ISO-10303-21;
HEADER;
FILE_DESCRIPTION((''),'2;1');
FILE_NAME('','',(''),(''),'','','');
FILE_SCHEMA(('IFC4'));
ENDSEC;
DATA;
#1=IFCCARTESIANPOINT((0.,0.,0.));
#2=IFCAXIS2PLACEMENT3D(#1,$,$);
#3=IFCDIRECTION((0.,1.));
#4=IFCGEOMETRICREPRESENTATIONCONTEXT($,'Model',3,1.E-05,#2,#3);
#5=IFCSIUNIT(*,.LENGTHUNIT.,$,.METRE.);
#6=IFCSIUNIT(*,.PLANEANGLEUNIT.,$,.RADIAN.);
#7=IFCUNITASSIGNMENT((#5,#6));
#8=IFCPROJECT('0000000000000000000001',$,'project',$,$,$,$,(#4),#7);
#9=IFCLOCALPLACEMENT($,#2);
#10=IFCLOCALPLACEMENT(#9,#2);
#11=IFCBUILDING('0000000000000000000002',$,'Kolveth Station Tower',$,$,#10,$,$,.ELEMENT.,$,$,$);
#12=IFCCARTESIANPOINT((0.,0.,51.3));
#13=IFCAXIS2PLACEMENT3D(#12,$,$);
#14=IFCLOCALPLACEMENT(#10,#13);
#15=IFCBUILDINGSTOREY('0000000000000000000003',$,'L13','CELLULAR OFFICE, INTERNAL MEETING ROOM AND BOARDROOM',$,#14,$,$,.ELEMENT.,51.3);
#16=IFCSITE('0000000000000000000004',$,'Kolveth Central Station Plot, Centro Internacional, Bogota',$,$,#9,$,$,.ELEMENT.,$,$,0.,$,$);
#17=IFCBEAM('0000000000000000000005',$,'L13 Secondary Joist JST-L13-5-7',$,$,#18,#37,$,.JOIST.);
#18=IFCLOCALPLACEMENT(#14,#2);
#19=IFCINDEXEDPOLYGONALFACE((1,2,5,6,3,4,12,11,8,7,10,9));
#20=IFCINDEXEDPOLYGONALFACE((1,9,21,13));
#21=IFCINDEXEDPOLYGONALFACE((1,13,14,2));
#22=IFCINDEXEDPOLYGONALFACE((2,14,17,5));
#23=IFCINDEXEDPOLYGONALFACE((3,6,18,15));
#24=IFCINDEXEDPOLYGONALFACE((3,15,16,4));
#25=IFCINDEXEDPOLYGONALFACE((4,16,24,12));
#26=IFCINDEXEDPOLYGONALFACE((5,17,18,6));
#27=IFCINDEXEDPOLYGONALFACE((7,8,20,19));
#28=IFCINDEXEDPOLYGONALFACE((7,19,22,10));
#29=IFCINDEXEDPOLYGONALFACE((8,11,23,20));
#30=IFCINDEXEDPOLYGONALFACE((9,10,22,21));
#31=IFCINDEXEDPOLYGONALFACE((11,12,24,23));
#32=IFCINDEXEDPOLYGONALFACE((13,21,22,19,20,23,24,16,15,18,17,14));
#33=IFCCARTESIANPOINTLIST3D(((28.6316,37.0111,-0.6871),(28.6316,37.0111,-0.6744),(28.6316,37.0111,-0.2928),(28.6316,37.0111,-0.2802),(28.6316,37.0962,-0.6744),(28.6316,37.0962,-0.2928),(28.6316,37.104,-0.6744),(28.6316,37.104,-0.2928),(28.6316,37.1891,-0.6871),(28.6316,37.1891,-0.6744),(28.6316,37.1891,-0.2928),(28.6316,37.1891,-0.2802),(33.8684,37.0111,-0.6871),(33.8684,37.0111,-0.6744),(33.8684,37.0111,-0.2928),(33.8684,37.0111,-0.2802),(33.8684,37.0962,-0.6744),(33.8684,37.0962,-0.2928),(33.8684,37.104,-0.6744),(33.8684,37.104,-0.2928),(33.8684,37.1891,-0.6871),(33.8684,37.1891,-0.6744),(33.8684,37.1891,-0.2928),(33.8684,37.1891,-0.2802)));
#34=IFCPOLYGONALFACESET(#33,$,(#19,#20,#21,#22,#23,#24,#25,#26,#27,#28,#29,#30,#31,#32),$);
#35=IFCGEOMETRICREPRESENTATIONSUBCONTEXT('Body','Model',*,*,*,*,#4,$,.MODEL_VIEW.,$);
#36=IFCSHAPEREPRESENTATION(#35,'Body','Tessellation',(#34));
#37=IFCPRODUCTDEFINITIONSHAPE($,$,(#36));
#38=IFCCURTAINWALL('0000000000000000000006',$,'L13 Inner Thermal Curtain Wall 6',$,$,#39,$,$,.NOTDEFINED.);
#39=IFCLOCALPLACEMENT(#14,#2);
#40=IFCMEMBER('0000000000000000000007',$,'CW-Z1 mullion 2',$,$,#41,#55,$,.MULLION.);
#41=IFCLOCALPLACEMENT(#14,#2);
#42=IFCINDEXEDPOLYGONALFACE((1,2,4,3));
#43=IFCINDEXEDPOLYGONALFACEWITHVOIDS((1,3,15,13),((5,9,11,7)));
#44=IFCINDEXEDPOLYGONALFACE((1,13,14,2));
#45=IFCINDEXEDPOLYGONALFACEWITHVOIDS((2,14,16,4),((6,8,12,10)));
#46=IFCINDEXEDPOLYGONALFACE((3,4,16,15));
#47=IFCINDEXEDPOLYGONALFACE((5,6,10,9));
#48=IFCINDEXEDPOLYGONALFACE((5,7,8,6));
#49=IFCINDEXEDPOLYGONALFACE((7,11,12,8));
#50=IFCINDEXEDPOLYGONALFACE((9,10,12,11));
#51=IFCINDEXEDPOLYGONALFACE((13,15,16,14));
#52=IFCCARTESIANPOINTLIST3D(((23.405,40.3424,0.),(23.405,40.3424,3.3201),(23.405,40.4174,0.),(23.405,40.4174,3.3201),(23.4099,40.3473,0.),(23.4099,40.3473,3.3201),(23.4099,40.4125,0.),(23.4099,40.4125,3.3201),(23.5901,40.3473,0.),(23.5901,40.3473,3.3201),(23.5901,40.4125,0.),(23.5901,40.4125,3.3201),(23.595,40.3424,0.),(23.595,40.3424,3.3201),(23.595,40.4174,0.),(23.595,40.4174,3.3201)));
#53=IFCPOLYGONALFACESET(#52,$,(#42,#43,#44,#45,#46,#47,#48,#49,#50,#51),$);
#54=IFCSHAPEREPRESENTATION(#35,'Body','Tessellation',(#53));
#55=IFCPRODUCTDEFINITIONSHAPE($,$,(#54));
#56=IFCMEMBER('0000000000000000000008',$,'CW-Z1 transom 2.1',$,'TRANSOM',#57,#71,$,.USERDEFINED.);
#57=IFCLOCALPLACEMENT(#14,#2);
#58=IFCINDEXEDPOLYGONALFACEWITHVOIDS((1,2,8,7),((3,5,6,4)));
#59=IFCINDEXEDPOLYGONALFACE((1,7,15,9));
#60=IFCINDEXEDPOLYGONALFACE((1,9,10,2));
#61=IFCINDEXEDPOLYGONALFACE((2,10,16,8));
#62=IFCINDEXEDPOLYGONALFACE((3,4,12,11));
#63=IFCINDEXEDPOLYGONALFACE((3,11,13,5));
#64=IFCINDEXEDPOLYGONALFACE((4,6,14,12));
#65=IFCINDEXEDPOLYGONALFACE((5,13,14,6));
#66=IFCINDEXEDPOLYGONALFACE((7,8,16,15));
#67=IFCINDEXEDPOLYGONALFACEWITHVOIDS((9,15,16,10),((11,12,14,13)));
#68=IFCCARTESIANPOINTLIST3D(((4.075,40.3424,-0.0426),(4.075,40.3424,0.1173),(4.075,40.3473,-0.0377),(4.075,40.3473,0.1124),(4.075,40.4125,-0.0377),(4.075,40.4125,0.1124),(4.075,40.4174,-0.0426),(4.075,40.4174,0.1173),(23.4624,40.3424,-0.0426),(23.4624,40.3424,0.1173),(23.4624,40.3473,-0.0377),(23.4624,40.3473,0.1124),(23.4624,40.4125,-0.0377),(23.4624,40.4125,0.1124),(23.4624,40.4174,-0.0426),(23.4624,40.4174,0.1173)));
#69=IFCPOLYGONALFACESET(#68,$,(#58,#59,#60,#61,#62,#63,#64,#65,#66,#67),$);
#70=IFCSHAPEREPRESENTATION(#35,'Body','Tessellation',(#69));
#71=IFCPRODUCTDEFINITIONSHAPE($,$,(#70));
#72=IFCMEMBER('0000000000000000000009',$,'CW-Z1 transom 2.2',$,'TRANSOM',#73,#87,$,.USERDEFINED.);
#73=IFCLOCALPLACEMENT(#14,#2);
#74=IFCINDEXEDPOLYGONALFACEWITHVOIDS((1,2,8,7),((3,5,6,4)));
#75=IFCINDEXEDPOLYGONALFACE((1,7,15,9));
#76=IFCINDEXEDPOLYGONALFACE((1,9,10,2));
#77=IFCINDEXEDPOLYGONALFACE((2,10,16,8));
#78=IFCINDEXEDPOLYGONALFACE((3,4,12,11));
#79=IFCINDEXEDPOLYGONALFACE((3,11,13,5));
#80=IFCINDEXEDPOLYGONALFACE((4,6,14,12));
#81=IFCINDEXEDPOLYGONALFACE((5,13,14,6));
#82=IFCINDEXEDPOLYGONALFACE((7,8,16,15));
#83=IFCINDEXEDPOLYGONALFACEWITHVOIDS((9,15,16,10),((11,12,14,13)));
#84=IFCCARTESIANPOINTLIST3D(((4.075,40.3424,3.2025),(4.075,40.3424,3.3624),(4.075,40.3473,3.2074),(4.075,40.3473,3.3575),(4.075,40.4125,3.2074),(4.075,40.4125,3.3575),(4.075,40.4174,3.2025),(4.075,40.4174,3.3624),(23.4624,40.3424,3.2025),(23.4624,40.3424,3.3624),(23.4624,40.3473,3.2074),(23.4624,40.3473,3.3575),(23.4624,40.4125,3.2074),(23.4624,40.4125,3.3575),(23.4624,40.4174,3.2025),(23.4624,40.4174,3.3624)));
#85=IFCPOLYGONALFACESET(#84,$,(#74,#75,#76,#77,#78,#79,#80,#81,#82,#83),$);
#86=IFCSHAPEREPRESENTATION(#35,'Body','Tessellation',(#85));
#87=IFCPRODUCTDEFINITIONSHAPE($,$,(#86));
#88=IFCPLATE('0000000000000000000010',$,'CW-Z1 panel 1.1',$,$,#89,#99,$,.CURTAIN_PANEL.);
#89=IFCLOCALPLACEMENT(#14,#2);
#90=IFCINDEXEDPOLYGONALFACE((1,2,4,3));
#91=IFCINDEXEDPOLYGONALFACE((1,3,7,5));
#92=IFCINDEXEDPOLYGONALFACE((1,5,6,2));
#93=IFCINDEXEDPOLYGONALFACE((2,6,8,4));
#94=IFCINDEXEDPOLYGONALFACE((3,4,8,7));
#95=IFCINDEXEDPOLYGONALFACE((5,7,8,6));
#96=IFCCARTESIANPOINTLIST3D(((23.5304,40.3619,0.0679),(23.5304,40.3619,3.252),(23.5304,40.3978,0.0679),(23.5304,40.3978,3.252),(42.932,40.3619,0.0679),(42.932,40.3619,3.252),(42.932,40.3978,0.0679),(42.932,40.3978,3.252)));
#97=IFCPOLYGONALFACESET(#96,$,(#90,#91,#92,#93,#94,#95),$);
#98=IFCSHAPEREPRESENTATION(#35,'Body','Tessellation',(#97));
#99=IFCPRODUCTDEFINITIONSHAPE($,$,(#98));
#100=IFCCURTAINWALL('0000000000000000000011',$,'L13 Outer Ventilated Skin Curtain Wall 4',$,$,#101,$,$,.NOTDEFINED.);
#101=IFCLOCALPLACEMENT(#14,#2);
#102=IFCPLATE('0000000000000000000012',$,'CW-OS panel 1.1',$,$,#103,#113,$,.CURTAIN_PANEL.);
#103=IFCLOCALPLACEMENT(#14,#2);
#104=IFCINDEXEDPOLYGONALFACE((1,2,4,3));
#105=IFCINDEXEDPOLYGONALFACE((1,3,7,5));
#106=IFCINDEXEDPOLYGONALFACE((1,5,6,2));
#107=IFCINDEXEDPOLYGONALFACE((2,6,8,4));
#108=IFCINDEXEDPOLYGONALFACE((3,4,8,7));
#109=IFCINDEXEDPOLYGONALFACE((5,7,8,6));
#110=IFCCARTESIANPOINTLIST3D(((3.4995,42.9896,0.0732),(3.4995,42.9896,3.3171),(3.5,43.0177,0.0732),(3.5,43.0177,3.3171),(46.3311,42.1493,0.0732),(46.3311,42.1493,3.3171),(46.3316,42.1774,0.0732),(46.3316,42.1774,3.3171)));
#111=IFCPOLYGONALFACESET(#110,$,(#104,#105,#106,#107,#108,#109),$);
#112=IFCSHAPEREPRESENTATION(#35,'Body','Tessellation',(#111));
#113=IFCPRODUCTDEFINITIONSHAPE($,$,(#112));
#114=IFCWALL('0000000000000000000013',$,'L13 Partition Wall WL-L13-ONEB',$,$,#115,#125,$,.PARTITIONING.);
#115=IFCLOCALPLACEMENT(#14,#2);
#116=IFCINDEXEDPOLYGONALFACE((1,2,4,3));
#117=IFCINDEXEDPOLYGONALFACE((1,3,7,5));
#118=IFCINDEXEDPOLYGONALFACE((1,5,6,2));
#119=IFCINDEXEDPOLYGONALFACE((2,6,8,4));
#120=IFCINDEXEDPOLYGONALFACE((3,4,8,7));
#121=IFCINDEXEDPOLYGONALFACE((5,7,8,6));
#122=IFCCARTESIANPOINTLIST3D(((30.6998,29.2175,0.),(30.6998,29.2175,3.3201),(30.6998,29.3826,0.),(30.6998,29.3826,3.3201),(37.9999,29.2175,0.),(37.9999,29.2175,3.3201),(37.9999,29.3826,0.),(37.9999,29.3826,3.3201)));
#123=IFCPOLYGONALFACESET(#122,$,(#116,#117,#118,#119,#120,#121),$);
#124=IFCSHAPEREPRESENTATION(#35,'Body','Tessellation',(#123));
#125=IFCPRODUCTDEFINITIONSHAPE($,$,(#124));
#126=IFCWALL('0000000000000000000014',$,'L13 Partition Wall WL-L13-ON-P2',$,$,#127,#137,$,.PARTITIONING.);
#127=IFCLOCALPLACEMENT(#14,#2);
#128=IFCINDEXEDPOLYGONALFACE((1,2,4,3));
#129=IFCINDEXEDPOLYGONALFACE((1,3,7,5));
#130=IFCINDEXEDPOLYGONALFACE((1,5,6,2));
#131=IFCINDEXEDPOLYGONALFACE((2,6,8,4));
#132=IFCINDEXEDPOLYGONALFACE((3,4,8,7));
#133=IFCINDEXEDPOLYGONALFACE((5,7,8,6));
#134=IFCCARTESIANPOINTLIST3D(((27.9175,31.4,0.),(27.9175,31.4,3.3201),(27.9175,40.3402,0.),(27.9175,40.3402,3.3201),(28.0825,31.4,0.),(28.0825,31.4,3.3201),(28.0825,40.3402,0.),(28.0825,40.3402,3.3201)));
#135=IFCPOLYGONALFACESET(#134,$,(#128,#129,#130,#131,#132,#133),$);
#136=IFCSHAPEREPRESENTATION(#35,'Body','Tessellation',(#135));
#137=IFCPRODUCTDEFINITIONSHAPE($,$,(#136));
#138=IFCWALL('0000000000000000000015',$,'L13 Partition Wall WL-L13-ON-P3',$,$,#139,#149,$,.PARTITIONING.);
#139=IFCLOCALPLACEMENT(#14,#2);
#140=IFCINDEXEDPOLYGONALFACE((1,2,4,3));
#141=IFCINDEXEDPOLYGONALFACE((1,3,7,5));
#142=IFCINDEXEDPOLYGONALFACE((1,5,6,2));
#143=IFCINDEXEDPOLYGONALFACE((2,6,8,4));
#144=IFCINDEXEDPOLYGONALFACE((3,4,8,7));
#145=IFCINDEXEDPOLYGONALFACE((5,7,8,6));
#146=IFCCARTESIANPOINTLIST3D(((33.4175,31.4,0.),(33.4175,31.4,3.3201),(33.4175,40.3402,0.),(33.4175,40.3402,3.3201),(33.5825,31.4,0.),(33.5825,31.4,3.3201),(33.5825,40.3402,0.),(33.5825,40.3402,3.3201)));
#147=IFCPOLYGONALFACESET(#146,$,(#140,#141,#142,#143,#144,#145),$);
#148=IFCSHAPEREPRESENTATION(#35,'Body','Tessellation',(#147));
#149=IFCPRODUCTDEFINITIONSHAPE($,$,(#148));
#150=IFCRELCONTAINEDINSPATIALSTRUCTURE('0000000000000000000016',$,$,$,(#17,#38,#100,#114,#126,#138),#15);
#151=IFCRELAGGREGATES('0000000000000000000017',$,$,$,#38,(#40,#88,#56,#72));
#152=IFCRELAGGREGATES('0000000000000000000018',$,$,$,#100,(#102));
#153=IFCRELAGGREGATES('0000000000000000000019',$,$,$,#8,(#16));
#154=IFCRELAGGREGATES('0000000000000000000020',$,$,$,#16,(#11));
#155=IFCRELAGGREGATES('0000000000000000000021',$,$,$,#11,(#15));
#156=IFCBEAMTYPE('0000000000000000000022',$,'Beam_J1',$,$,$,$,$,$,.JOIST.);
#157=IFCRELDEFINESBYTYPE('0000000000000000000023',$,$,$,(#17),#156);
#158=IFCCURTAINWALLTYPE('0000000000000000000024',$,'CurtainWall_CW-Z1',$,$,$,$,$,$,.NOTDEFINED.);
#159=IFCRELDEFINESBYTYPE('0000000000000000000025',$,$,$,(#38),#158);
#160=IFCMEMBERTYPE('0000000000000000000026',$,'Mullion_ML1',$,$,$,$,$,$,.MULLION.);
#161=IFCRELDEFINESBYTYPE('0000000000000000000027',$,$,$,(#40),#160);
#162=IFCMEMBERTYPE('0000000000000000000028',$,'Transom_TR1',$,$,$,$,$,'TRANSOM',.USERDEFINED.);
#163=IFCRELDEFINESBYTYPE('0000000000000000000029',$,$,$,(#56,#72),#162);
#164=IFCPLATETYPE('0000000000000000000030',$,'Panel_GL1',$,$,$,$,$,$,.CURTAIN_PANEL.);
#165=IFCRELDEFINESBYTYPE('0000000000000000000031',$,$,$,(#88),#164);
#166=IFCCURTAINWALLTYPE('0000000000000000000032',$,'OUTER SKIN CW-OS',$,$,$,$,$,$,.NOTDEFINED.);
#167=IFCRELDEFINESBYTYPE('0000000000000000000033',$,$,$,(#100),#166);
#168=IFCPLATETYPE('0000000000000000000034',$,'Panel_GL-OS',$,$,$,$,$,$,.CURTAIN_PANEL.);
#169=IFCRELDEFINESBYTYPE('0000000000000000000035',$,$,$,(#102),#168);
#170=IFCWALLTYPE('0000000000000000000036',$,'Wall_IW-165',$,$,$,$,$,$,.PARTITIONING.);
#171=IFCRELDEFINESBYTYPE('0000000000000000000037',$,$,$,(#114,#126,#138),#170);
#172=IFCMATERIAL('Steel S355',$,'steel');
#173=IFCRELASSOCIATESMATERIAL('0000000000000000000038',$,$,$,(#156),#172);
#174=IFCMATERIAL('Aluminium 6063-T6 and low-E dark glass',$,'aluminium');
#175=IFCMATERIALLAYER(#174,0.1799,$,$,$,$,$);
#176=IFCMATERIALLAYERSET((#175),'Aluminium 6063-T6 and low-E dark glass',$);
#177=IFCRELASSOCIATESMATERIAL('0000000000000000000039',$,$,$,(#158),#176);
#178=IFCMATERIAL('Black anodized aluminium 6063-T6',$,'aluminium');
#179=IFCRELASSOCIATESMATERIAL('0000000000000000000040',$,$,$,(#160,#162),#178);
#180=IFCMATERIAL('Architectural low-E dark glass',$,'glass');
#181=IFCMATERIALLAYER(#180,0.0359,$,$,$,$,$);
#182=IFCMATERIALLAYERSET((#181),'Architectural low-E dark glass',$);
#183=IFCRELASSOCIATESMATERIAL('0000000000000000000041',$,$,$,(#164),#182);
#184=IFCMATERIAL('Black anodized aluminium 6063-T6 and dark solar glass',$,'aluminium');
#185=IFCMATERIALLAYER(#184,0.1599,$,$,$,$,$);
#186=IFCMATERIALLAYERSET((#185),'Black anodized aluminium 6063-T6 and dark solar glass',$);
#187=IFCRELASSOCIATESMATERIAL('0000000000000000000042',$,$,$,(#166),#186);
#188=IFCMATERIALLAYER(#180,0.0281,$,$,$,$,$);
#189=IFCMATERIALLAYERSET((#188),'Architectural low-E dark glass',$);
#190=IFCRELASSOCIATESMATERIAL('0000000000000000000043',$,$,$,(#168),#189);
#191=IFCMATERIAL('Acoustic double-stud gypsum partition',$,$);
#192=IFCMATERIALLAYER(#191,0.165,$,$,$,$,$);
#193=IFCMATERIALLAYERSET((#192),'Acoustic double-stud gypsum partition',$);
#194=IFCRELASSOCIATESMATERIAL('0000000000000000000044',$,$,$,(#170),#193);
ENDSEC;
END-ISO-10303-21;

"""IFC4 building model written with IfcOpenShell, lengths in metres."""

from ifc_helpers import new_model, si_unit, direction, frame, frame_2d, origin, origin_2d, place, context, subcontext, project, spatial, rectangle, hollow_rectangle, i_section, extrude, source, transform, mapped, material, layer, layer_set, material_profile, profile_set, type_object, element, aggregate, save


model = new_model("IFC4")

# Units and contexts
model_context = context("Model", 3, precision=1e-05, world=origin(), true_north=direction((0.0, 1.0)))
body_context = subcontext(model_context, "Body", "Model", "MODEL_VIEW")
ifc_project = project(units=[si_unit("LENGTHUNIT", "METRE"), si_unit("PLANEANGLEUNIT", "RADIAN")], contexts=[model_context])

# Site, building, storey
site_placement = place(None, origin())
site = spatial("IfcSite", under=ifc_project, at=site_placement, Name="Kolveth Central Station Plot, Centro Internacional, Bogota", CompositionType="ELEMENT", RefElevation=0.0)
building_placement = place(site_placement, origin())
building = spatial("IfcBuilding", under=site, at=building_placement, Name="Kolveth Station Tower", CompositionType="ELEMENT")
storey_placement = place(building_placement, frame((0.0, 0.0, 51.3)))
storey = spatial("IfcBuildingStorey", under=building, at=storey_placement, Name="L13", Description="CELLULAR OFFICE, INTERNAL MEETING ROOM AND BOARDROOM", CompositionType="ELEMENT", Elevation=51.3)

# Shared definitions
ifc_material_1 = material(Name="Steel S355", Category="steel")

# Beam
ifc_material_profile_1 = material_profile(ifc_material_1, i_section(OverallWidth=0.178, OverallDepth=0.407, WebThickness=0.0078, FlangeThickness=0.0127, at=origin_2d()), Name="W410x60")
ifc_profile_set_1 = profile_set([ifc_material_profile_1], Name="Steel S355")
beam_type_1 = type_object("IfcBeamType", Name="Beam_J1", PredefinedType="JOIST", material=ifc_profile_set_1)
shared_shape_1 = source(origin(), body_context, "Body", "SweptSolid", [
    extrude(i_section(OverallWidth=0.178, OverallDepth=0.407, WebThickness=0.0078, FlangeThickness=0.0127, at=origin_2d()), origin(), (0.0, 0.0, 1.0), 5.2368),
])
for number, where, z_axis, x_axis, name in (
    (1, (28.6316, 37.1001, -0.4836), (1.0, 0.0, 0.0), (0.0, 1.0, 0.0), "L13 Secondary Joist JST-L13-5-7"),
):
    element("IfcBeam", number, at=place(storey_placement, frame(where, z_axis=z_axis, x_axis=x_axis)), inside=storey, type_object=beam_type_1, Name=name, PredefinedType="JOIST", context=body_context, shape_type="MappedRepresentation", body=[
        mapped(shared_shape_1, transform((0.0, 0.0, 0.0), x_axis=(1.0, 0.0, 0.0), y_axis=(0.0, 1.0, 0.0), z_axis=(0.0, 0.0, 1.0), scale=1.0)),
    ])

# Curtain wall, members, plate
ifc_material_2 = material(Name="Aluminium 6063-T6 and low-E dark glass", Category="aluminium")
ifc_layer_1 = layer(ifc_material_2, 0.1799)
ifc_layer_set_1 = layer_set([ifc_layer_1], Name="Aluminium 6063-T6 and low-E dark glass")
curtain_wall_type_1 = type_object("IfcCurtainWallType", Name="CurtainWall_CW-Z1", PredefinedType="NOTDEFINED", material=ifc_layer_set_1)
curtain_wall_1_placement = place(storey_placement, origin())
curtain_wall_1 = element("IfcCurtainWall", 2, at=curtain_wall_1_placement, inside=storey, type_object=curtain_wall_type_1, Name="L13 Inner Thermal Curtain Wall 6", PredefinedType="NOTDEFINED")
ifc_material_3 = material(Name="Black anodized aluminium 6063-T6", Category="aluminium")
ifc_material_profile_2 = material_profile(ifc_material_3, hollow_rectangle(XDim=0.075, YDim=0.1899, WallThickness=0.0049, at=origin_2d()), Name="ALU-75x190x5")
ifc_profile_set_2 = profile_set([ifc_material_profile_2], Name="Black anodized aluminium 6063-T6")
member_type_1 = type_object("IfcMemberType", Name="Mullion_ML1", PredefinedType="MULLION", material=ifc_profile_set_2)
shared_shape_2 = source(origin(), body_context, "Body", "SweptSolid", [
    extrude(hollow_rectangle(XDim=0.075, YDim=0.1899, WallThickness=0.0049, at=origin_2d()), origin(), (0.0, 0.0, 1.0), 3.3201),
])
member_1_placement = place(storey_placement, frame((23.5, 40.3799, 0.0), z_axis=(0.0, 0.0, 1.0), x_axis=(0.0, -1.0, 0.0)))
member_1 = element("IfcMember", 3, at=member_1_placement, type_object=member_type_1, Name="CW-Z1 mullion 2", PredefinedType="MULLION", context=body_context, shape_type="MappedRepresentation", body=[
    mapped(shared_shape_2, transform((0.0, 0.0, 0.0), x_axis=(1.0, 0.0, 0.0), y_axis=(0.0, 1.0, 0.0), z_axis=(0.0, 0.0, 1.0), scale=1.0)),
])
ifc_material_profile_3 = material_profile(ifc_material_3, hollow_rectangle(XDim=0.075, YDim=0.1599, WallThickness=0.0049, at=origin_2d()), Name="ALU-75x160x5")
ifc_profile_set_3 = profile_set([ifc_material_profile_3], Name="Black anodized aluminium 6063-T6")
member_type_2 = type_object("IfcMemberType", Name="Transom_TR1", ElementType="TRANSOM", PredefinedType="USERDEFINED", material=ifc_profile_set_3)
shared_shape_3 = source(origin(), body_context, "Body", "SweptSolid", [
    extrude(hollow_rectangle(XDim=0.075, YDim=0.1599, WallThickness=0.0049, at=origin_2d()), origin(), (0.0, 0.0, 1.0), 19.3875),
])
member_2_placement = place(storey_placement, frame((23.4624, 40.3799, 0.0374), z_axis=(-1.0, 0.0, 0.0), x_axis=(0.0, -1.0, 0.0)))
member_2 = element("IfcMember", 4, at=member_2_placement, type_object=member_type_2, Name="CW-Z1 transom 2.1", ObjectType="TRANSOM", PredefinedType="USERDEFINED", context=body_context, shape_type="MappedRepresentation", body=[
    mapped(shared_shape_3, transform((0.0, 0.0, 0.0), x_axis=(1.0, 0.0, 0.0), y_axis=(0.0, 1.0, 0.0), z_axis=(0.0, 0.0, 1.0), scale=1.0)),
])
member_3_placement = place(storey_placement, frame((23.4624, 40.3799, 3.2825), z_axis=(-1.0, 0.0, 0.0), x_axis=(0.0, -1.0, 0.0)))
member_3 = element("IfcMember", 5, at=member_3_placement, type_object=member_type_2, Name="CW-Z1 transom 2.2", ObjectType="TRANSOM", PredefinedType="USERDEFINED", context=body_context, shape_type="MappedRepresentation", body=[
    mapped(shared_shape_3, transform((0.0, 0.0, 0.0), x_axis=(1.0, 0.0, 0.0), y_axis=(0.0, 1.0, 0.0), z_axis=(0.0, 0.0, 1.0), scale=1.0)),
])
ifc_material_4 = material(Name="Architectural low-E dark glass", Category="glass")
ifc_layer_2 = layer(ifc_material_4, 0.0359)
ifc_layer_set_2 = layer_set([ifc_layer_2], Name="Architectural low-E dark glass")
plate_type_1 = type_object("IfcPlateType", Name="Panel_GL1", PredefinedType="CURTAIN_PANEL", material=ifc_layer_set_2)
shared_shape_4 = source(origin(), body_context, "Body", "SweptSolid", [
    extrude(rectangle(XDim=19.4016, YDim=0.0359, at=origin_2d()), origin(), (0.0, 0.0, 1.0), 3.1841),
])
plate_1_placement = place(storey_placement, frame((33.2312, 40.3799, 0.0679), z_axis=(0.0, 0.0, 1.0), x_axis=(-1.0, 0.0, 0.0)))
plate_1 = element("IfcPlate", 6, at=plate_1_placement, type_object=plate_type_1, Name="CW-Z1 panel 1.1", PredefinedType="CURTAIN_PANEL", context=body_context, shape_type="MappedRepresentation", body=[
    mapped(shared_shape_4, transform((0.0, 0.0, 0.0), x_axis=(1.0, 0.0, 0.0), y_axis=(0.0, 1.0, 0.0), z_axis=(0.0, 0.0, 1.0), scale=1.0)),
])
aggregate(curtain_wall_1, [member_1, plate_1, member_2, member_3])

# Curtain wall, plate
ifc_material_5 = material(Name="Black anodized aluminium 6063-T6 and dark solar glass", Category="aluminium")
ifc_layer_3 = layer(ifc_material_5, 0.1599)
ifc_layer_set_3 = layer_set([ifc_layer_3], Name="Black anodized aluminium 6063-T6 and dark solar glass")
curtain_wall_type_2 = type_object("IfcCurtainWallType", Name="OUTER SKIN CW-OS", PredefinedType="NOTDEFINED", material=ifc_layer_set_3)
curtain_wall_2_placement = place(storey_placement, origin())
curtain_wall_2 = element("IfcCurtainWall", 7, at=curtain_wall_2_placement, inside=storey, type_object=curtain_wall_type_2, Name="L13 Outer Ventilated Skin Curtain Wall 4", PredefinedType="NOTDEFINED")
ifc_layer_4 = layer(ifc_material_4, 0.0281)
ifc_layer_set_4 = layer_set([ifc_layer_4], Name="Architectural low-E dark glass")
plate_type_2 = type_object("IfcPlateType", Name="Panel_GL-OS", PredefinedType="CURTAIN_PANEL", material=ifc_layer_set_4)
shared_shape_5 = source(origin(), body_context, "Body", "SweptSolid", [
    extrude(rectangle(XDim=42.8398, YDim=0.0281, at=origin_2d()), origin(), (0.0, 0.0, 1.0), 3.2439),
])
plate_2_placement = place(storey_placement, frame((24.9155, 42.5835, 0.0732), z_axis=(0.0, 0.0, 1.0), x_axis=(-0.999808, 0.019614, 0.0)))
plate_2 = element("IfcPlate", 8, at=plate_2_placement, type_object=plate_type_2, Name="CW-OS panel 1.1", PredefinedType="CURTAIN_PANEL", context=body_context, shape_type="MappedRepresentation", body=[
    mapped(shared_shape_5, transform((0.0, 0.0, 0.0), x_axis=(1.0, 0.0, 0.0), y_axis=(0.0, 1.0, 0.0), z_axis=(0.0, 0.0, 1.0), scale=1.0)),
])
aggregate(curtain_wall_2, [plate_2])

# Walls
ifc_material_6 = material(Name="Acoustic double-stud gypsum partition")
ifc_layer_5 = layer(ifc_material_6, 0.165)
ifc_layer_set_5 = layer_set([ifc_layer_5], Name="Acoustic double-stud gypsum partition")
wall_type = type_object("IfcWallType", Name="Wall_IW-165", PredefinedType="PARTITIONING", material=ifc_layer_set_5)
wall_placement = place(storey_placement, frame((30.7, 29.3, 0.0), z_axis=(0.0, 0.0, 1.0), x_axis=(1.0, 0.0, 0.0)))
element("IfcWall", 9, at=wall_placement, inside=storey, type_object=wall_type, Name="L13 Partition Wall WL-L13-ONEB", PredefinedType="PARTITIONING", context=body_context, shape_type="SweptSolid", body=[
    extrude(rectangle(XDim=7.3, YDim=0.165, at=frame_2d((3.6499, 0.0))), origin(), (0.0, 0.0, 1.0), 3.3201),
])
for number, where, z_axis, x_axis, name in (
    (10, (28.0, 31.3999, 0.0), (0.0, 0.0, 1.0), (0.0, 1.0, 0.0), "L13 Partition Wall WL-L13-ON-P2"),
    (11, (33.5, 31.3999, 0.0), (0.0, 0.0, 1.0), (0.0, 1.0, 0.0), "L13 Partition Wall WL-L13-ON-P3"),
):
    element("IfcWall", number, at=place(storey_placement, frame(where, z_axis=z_axis, x_axis=x_axis)), inside=storey, type_object=wall_type, Name=name, PredefinedType="PARTITIONING", context=body_context, shape_type="SweptSolid", body=[
        extrude(rectangle(XDim=8.9402, YDim=0.165, at=frame_2d((4.4702, 0.0))), origin(), (0.0, 0.0, 1.0), 3.3201),
    ])

save(model, "model.ifc")
